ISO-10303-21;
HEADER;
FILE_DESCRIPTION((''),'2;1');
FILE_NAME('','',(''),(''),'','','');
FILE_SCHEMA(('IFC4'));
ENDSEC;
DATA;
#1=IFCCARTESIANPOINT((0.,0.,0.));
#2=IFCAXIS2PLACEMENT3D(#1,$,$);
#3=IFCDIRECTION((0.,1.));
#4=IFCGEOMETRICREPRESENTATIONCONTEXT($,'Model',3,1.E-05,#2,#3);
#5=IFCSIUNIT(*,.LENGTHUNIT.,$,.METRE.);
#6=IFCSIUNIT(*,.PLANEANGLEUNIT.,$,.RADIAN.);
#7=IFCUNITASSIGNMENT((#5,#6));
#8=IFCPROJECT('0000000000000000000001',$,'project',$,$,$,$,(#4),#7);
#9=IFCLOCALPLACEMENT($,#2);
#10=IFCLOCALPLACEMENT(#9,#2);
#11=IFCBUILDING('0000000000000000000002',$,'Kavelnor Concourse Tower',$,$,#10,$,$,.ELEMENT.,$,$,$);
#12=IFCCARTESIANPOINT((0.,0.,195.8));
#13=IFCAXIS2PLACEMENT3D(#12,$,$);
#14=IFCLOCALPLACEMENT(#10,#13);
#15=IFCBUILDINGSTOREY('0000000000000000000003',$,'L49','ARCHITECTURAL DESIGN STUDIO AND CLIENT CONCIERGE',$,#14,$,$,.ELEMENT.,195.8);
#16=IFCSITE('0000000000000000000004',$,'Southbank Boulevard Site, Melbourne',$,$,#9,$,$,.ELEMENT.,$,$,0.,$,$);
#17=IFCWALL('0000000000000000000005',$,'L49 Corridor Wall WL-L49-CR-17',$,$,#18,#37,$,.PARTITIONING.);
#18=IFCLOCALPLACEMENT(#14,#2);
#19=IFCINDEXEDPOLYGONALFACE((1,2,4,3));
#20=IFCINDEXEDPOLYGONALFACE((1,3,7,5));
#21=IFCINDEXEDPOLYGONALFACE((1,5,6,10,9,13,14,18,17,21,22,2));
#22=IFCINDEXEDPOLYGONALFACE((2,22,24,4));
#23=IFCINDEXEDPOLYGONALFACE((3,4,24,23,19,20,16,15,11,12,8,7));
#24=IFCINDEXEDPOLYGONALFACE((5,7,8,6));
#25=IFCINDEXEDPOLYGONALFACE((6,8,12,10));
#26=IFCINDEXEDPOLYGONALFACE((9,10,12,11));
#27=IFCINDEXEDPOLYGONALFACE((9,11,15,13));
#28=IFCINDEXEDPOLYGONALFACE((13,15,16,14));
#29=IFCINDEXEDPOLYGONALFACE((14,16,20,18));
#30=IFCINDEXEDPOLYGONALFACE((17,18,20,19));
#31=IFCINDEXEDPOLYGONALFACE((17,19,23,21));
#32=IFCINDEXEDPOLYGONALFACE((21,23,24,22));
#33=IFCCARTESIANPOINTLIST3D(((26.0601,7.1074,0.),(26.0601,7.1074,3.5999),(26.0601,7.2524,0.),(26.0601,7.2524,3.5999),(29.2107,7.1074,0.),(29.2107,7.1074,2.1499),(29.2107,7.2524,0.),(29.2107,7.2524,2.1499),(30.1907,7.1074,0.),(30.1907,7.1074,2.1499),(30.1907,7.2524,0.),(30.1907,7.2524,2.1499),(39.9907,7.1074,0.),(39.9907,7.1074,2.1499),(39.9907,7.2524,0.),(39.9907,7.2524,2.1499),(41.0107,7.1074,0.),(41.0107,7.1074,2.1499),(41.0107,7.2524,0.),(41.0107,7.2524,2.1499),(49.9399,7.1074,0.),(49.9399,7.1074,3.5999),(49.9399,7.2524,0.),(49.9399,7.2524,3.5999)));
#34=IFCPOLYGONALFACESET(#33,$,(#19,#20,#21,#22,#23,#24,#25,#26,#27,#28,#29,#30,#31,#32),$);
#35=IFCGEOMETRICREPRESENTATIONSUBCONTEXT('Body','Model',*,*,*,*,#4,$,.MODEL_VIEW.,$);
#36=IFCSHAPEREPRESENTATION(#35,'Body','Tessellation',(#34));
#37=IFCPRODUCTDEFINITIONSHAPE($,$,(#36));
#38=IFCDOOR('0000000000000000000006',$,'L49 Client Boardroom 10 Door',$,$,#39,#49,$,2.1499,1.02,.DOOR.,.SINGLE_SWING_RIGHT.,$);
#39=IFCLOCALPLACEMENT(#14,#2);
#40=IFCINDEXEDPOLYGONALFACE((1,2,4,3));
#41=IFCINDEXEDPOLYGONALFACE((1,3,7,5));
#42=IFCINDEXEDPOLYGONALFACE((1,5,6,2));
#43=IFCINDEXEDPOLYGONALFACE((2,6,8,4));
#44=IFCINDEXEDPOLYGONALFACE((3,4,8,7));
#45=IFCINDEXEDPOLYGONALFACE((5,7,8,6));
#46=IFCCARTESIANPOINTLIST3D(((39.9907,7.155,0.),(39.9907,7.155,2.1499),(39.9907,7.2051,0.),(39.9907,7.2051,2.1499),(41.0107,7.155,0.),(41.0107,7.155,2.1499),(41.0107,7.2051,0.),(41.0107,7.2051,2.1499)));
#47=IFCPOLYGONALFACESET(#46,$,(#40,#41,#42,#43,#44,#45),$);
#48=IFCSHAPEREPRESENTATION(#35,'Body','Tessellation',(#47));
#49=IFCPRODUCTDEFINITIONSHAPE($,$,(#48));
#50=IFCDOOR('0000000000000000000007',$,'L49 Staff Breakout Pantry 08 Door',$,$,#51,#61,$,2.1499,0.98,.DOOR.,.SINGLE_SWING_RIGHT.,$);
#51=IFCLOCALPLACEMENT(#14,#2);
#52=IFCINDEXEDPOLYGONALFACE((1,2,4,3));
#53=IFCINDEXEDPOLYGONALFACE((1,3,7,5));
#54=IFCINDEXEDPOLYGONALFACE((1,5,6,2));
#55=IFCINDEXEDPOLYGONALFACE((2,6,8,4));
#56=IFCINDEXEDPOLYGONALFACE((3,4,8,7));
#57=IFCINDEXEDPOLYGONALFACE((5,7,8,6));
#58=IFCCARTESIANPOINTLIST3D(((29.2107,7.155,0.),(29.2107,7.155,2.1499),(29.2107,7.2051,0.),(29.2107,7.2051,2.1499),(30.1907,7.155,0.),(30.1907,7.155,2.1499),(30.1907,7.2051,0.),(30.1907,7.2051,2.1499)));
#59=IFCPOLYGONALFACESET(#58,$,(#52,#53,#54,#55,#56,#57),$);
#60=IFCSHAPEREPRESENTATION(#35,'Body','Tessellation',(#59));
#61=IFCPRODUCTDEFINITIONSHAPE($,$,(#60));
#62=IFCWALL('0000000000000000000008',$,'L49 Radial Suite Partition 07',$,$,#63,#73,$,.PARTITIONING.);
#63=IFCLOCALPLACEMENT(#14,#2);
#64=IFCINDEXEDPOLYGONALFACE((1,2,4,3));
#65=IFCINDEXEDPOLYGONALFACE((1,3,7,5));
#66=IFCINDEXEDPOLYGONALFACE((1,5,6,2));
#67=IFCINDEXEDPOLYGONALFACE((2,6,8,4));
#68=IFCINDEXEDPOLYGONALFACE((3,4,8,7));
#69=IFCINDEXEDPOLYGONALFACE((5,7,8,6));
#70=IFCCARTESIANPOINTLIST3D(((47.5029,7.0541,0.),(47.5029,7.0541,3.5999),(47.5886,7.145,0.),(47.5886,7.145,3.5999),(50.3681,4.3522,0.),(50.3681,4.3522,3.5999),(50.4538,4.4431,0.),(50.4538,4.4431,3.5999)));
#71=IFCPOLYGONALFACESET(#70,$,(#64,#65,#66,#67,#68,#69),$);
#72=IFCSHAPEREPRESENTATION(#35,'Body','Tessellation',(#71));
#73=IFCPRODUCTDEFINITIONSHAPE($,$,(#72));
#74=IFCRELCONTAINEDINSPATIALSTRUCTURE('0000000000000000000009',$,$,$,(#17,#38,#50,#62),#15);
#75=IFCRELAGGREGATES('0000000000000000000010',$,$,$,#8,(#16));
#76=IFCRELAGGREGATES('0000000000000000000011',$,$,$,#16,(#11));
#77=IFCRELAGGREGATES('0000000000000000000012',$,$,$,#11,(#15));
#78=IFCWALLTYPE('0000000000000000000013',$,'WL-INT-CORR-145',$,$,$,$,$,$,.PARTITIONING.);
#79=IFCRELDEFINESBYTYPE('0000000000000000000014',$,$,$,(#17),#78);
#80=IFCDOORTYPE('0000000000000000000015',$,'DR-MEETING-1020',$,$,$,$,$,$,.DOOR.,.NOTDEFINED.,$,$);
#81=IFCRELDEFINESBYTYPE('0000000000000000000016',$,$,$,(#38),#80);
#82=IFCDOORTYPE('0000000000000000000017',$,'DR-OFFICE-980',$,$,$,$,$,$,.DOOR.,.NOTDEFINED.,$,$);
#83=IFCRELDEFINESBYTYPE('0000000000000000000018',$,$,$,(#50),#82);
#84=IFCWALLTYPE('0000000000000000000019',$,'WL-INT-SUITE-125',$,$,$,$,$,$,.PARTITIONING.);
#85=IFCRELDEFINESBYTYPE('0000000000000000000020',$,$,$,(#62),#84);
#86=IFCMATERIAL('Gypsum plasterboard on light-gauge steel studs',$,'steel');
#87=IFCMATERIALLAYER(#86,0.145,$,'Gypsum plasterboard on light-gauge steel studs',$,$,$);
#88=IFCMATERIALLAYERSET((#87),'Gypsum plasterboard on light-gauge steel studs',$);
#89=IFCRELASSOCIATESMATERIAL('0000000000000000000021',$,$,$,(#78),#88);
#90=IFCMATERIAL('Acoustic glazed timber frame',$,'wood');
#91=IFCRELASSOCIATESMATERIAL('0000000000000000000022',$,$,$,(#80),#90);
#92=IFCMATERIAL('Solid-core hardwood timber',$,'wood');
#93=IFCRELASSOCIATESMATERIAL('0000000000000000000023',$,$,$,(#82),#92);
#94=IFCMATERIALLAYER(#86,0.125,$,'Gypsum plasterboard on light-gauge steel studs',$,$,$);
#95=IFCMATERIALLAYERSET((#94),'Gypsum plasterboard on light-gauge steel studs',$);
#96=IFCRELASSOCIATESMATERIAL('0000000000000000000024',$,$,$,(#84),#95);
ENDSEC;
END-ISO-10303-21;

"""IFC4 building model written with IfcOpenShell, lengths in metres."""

from ifc_helpers import new_model, si_unit, direction, frame, frame_2d, origin, place, context, subcontext, project, spatial, rectangle, extrude, material, layer, layer_set, type_object, element, fill, save


model = new_model("IFC4")

# Units and contexts
model_context = context("Model", 3, precision=1e-05, world=origin(), true_north=direction((0.0, 1.0)))
body_context = subcontext(model_context, "Body", "Model", "MODEL_VIEW")
ifc_project = project(units=[si_unit("LENGTHUNIT", "METRE"), si_unit("PLANEANGLEUNIT", "RADIAN")], contexts=[model_context])

# Site, building, storey
site_placement = place(None, origin())
site = spatial("IfcSite", under=ifc_project, at=site_placement, Name="Southbank Boulevard Site, Melbourne", CompositionType="ELEMENT", RefElevation=0.0)
building_placement = place(site_placement, origin())
building = spatial("IfcBuilding", under=site, at=building_placement, Name="Kavelnor Concourse Tower", CompositionType="ELEMENT")
storey_placement = place(building_placement, frame((0.0, 0.0, 195.8)))
storey = spatial("IfcBuildingStorey", under=building, at=storey_placement, Name="L49", Description="ARCHITECTURAL DESIGN STUDIO AND CLIENT CONCIERGE", CompositionType="ELEMENT", Elevation=195.8)

# Shared definitions
ifc_material_1 = material(Name="Gypsum plasterboard on light-gauge steel studs", Category="steel")
ifc_layer_1 = layer(ifc_material_1, 0.145, Name="Gypsum plasterboard on light-gauge steel studs")
ifc_layer_set_1 = layer_set([ifc_layer_1], Name="Gypsum plasterboard on light-gauge steel studs")
wall_type_1 = type_object("IfcWallType", Name="WL-INT-CORR-145", PredefinedType="PARTITIONING", material=ifc_layer_set_1)
ifc_material_2 = material(Name="Solid-core hardwood timber", Category="wood")

# Wall, openings, doors
wall_1_placement = place(storey_placement, frame((49.9399, 7.1799, 0.0), z_axis=(0.0, 0.0, 1.0), x_axis=(-1.0, 0.0, 0.0)))
wall_1 = element("IfcWall", 1, at=wall_1_placement, inside=storey, type_object=wall_type_1, Name="L49 Corridor Wall WL-L49-CR-17", PredefinedType="PARTITIONING", context=body_context, shape_type="SweptSolid", body=[
    extrude(rectangle(XDim=23.8799, YDim=0.145, at=frame_2d((11.9399, 0.0))), origin(), (0.0, 0.0, 1.0), 3.5999),
])
opening_1_placement = place(wall_1_placement, frame((19.7493, 0.0, 0.0)))
opening_1 = element("IfcOpeningElement", 2, at=opening_1_placement, cuts=wall_1, PredefinedType="OPENING", context=body_context, shape_type="SweptSolid", body=[
    extrude(rectangle(XDim=0.98, YDim=2.1499, at=frame_2d((0.49, 1.075))), frame((0.0, 0.0825, 0.0), z_axis=(0.0, -1.0, 0.0), x_axis=(1.0, 0.0, 0.0)), (0.0, 0.0, 1.0), 0.165),
])
opening_2_placement = place(wall_1_placement, frame((8.9292, 0.0, 0.0)))
opening_2 = element("IfcOpeningElement", 3, at=opening_2_placement, cuts=wall_1, PredefinedType="OPENING", context=body_context, shape_type="SweptSolid", body=[
    extrude(rectangle(XDim=1.02, YDim=2.1499, at=frame_2d((0.51, 1.075))), frame((0.0, 0.0825, 0.0), z_axis=(0.0, -1.0, 0.0), x_axis=(1.0, 0.0, 0.0)), (0.0, 0.0, 1.0), 0.165),
])
ifc_material_3 = material(Name="Acoustic glazed timber frame", Category="wood")
door_type_1 = type_object("IfcDoorType", Name="DR-MEETING-1020", OperationType="NOTDEFINED", PredefinedType="DOOR", material=ifc_material_3)
door_1_placement = place(opening_2_placement, origin())
door_1 = element("IfcDoor", 4, at=door_1_placement, inside=storey, type_object=door_type_1, Name="L49 Client Boardroom 10 Door", OperationType="SINGLE_SWING_RIGHT", OverallHeight=2.1499, OverallWidth=1.02, PredefinedType="DOOR", context=body_context, shape_type="SweptSolid", body=[
    extrude(rectangle(XDim=1.02, YDim=2.1499, at=frame_2d((0.51, 1.075))), frame((0.0, 0.0249, 0.0), z_axis=(0.0, -1.0, 0.0), x_axis=(1.0, 0.0, 0.0)), (0.0, 0.0, 1.0), 0.05),
])
fill(opening_2, door_1)
door_type_2 = type_object("IfcDoorType", Name="DR-OFFICE-980", OperationType="NOTDEFINED", PredefinedType="DOOR", material=ifc_material_2)
door_2_placement = place(opening_1_placement, origin())
door_2 = element("IfcDoor", 5, at=door_2_placement, inside=storey, type_object=door_type_2, Name="L49 Staff Breakout Pantry 08 Door", OperationType="SINGLE_SWING_RIGHT", OverallHeight=2.1499, OverallWidth=0.98, PredefinedType="DOOR", context=body_context, shape_type="SweptSolid", body=[
    extrude(rectangle(XDim=0.98, YDim=2.1499, at=frame_2d((0.49, 1.075))), frame((0.0, 0.0249, 0.0), z_axis=(0.0, -1.0, 0.0), x_axis=(1.0, 0.0, 0.0)), (0.0, 0.0, 1.0), 0.05),
])
fill(opening_1, door_2)

# Wall
ifc_layer_2 = layer(ifc_material_1, 0.125, Name="Gypsum plasterboard on light-gauge steel studs")
ifc_layer_set_2 = layer_set([ifc_layer_2], Name="Gypsum plasterboard on light-gauge steel studs")
wall_type_2 = type_object("IfcWallType", Name="WL-INT-SUITE-125", PredefinedType="PARTITIONING", material=ifc_layer_set_2)
wall_2_placement = place(storey_placement, frame((47.5457, 7.0996, 0.0), z_axis=(0.0, 0.0, 1.0), x_axis=(0.727539, -0.686066, 0.0)))
element("IfcWall", 6, at=wall_2_placement, inside=storey, type_object=wall_type_2, Name="L49 Radial Suite Partition 07", PredefinedType="PARTITIONING", context=body_context, shape_type="SweptSolid", body=[
    extrude(rectangle(XDim=3.9382, YDim=0.125, at=frame_2d((1.9692, 0.0))), origin(), (0.0, 0.0, 1.0), 3.5999),
])

save(model, "model.ifc")
